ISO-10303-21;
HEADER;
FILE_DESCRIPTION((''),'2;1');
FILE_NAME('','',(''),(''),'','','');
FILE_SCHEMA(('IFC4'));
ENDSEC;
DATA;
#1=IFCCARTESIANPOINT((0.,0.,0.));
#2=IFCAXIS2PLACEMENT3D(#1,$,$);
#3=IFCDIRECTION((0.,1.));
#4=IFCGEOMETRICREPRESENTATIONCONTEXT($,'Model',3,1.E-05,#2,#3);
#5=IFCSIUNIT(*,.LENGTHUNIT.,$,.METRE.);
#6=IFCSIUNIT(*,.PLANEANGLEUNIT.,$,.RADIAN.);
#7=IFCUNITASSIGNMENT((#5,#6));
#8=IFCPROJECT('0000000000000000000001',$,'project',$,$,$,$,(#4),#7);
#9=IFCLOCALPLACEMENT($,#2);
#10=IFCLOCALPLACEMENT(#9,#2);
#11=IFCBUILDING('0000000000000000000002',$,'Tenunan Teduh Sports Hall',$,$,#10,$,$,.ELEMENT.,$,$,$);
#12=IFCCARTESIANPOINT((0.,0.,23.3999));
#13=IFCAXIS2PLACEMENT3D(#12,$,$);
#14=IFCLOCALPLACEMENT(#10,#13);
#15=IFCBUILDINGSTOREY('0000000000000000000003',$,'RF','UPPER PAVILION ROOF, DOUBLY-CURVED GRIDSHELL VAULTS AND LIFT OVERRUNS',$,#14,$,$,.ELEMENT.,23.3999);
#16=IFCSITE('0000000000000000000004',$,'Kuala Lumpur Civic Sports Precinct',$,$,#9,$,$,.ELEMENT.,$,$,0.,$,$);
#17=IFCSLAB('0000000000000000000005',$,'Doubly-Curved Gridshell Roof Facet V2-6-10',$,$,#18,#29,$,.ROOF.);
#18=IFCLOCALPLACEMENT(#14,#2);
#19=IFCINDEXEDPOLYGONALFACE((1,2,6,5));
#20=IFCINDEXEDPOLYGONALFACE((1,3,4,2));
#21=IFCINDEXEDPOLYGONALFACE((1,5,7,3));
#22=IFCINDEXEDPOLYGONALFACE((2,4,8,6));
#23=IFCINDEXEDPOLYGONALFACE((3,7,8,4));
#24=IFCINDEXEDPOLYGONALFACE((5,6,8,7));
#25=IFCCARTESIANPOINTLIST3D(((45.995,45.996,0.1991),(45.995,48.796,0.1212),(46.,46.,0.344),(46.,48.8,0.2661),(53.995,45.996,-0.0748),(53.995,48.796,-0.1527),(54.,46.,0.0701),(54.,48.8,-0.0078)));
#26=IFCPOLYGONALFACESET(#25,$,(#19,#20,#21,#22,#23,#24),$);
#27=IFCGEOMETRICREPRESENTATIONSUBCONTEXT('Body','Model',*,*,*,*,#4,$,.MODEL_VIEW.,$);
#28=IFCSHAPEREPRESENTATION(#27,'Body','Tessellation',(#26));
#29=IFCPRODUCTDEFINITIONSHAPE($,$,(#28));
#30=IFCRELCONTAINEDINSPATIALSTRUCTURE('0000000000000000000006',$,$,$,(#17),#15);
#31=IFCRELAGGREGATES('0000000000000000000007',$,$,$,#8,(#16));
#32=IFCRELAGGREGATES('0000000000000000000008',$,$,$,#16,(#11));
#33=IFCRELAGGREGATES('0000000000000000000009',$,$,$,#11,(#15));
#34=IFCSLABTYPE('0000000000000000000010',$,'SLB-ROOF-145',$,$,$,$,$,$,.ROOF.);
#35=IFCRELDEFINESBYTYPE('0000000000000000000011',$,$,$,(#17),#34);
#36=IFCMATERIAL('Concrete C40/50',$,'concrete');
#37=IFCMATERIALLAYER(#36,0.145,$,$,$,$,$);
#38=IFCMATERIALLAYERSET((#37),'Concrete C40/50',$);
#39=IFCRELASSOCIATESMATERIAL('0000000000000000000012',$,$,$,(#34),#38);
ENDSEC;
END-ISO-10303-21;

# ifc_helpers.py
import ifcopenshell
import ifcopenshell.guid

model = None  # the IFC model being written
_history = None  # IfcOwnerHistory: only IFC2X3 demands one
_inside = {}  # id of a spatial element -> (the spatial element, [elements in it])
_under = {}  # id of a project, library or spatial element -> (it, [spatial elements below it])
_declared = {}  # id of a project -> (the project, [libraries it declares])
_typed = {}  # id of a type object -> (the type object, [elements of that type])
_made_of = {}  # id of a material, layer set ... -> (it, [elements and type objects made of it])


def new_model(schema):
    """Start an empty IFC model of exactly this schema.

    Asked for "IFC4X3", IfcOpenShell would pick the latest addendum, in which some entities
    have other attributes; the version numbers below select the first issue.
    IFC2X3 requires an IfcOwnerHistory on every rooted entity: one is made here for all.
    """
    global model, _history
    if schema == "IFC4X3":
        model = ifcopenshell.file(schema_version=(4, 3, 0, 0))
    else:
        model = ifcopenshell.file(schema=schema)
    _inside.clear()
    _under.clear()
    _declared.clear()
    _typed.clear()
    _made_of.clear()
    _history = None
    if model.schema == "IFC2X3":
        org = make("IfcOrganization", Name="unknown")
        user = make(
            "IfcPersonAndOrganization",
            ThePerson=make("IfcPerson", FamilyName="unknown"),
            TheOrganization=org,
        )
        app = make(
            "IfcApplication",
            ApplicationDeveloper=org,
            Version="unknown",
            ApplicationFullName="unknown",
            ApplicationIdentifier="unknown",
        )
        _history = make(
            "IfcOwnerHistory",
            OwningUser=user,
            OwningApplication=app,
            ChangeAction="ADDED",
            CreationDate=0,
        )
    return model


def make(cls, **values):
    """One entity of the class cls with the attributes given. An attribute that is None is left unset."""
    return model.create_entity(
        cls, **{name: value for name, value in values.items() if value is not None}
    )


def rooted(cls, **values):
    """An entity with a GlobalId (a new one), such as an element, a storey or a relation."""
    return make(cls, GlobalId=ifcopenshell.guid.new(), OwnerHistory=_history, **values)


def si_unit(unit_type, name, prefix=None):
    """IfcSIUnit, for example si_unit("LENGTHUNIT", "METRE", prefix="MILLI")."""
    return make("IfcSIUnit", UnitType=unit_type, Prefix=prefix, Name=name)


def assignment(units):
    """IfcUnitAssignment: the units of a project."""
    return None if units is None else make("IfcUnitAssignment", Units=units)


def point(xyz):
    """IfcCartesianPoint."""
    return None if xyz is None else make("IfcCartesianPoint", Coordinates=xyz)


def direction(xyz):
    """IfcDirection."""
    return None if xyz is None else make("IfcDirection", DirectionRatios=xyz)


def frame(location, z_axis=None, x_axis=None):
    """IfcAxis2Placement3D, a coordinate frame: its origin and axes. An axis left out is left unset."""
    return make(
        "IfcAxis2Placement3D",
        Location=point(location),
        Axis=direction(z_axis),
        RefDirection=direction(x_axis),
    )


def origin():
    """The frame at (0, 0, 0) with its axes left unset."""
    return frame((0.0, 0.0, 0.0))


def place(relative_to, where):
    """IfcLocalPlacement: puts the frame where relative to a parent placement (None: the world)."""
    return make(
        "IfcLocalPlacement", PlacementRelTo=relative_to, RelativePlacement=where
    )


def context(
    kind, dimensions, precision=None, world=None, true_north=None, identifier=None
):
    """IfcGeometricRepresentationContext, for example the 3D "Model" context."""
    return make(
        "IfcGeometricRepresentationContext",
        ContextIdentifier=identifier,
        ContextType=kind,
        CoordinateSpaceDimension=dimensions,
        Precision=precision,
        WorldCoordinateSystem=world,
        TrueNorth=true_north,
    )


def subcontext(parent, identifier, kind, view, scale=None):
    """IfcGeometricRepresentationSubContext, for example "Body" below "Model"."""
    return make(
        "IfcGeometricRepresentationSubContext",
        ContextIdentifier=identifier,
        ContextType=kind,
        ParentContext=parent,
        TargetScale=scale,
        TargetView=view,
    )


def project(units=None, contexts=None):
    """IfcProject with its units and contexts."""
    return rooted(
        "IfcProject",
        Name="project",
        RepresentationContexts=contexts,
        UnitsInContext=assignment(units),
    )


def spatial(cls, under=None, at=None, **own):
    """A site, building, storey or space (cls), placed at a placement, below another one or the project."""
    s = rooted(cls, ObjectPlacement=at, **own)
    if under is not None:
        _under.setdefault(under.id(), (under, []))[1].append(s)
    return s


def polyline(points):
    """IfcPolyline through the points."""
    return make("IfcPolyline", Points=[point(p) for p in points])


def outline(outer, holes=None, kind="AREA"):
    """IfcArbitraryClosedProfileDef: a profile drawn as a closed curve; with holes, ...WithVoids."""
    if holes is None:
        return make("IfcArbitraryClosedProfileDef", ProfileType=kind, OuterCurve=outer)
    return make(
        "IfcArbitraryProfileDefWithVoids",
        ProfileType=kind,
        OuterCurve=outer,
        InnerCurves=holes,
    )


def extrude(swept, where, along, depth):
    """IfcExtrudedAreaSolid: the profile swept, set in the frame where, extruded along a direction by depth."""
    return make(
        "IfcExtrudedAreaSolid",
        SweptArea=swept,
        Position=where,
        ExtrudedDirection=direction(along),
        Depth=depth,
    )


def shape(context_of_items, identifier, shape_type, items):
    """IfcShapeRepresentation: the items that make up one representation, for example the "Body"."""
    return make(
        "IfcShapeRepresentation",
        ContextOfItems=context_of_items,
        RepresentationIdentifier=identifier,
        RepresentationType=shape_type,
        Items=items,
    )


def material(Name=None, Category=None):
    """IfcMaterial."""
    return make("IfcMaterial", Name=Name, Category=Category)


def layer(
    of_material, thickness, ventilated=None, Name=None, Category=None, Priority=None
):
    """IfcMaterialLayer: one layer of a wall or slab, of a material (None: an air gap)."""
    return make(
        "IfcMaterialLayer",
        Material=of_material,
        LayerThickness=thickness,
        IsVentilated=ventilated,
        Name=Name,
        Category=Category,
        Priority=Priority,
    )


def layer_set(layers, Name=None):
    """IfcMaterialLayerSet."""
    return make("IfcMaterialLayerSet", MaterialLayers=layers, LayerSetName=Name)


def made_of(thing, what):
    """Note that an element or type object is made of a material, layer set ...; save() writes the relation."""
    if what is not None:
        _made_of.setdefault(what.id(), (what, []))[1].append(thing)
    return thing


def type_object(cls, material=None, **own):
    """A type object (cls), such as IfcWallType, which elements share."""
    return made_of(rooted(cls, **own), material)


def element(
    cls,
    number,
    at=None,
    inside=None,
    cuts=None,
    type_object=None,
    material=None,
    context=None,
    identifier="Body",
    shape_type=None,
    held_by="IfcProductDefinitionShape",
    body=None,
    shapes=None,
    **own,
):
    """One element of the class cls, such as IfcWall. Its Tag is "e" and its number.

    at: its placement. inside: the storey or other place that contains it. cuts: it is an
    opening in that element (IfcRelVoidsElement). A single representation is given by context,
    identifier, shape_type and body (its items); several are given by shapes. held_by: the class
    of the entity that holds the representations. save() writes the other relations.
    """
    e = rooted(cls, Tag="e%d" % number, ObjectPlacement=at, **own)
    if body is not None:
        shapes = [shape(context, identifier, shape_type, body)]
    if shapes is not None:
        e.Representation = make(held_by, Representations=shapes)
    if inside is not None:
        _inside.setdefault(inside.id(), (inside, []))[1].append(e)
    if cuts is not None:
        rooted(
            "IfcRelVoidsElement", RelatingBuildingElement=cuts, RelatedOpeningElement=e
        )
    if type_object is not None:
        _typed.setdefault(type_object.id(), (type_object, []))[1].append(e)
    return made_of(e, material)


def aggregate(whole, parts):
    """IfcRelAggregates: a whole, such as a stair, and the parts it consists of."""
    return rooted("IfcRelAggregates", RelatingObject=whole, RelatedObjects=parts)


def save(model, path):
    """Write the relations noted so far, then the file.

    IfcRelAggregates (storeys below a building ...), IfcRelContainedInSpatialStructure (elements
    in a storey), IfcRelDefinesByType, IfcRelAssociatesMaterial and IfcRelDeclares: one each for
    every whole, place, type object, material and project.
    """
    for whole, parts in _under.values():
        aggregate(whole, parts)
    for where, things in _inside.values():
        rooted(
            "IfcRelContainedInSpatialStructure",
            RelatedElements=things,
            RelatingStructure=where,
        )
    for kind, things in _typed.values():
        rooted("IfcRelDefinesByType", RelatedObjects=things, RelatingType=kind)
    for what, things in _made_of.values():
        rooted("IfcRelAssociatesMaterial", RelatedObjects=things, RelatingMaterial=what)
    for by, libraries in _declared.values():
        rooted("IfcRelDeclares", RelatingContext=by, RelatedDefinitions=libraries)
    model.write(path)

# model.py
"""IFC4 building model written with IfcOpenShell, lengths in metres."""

from ifc_helpers import new_model, si_unit, direction, frame, origin, place, context, subcontext, project, spatial, polyline, outline, extrude, material, layer, layer_set, type_object, element, save


model = new_model("IFC4")

# Units and contexts
model_context = context("Model", 3, precision=1e-05, world=origin(), true_north=direction((0.0, 1.0)))
body_context = subcontext(model_context, "Body", "Model", "MODEL_VIEW")
ifc_project = project(units=[si_unit("LENGTHUNIT", "METRE"), si_unit("PLANEANGLEUNIT", "RADIAN")], contexts=[model_context])

# Site, building, storey
site_placement = place(None, origin())
site = spatial("IfcSite", under=ifc_project, at=site_placement, Name="Kuala Lumpur Civic Sports Precinct", CompositionType="ELEMENT", RefElevation=0.0)
building_placement = place(site_placement, origin())
building = spatial("IfcBuilding", under=site, at=building_placement, Name="Tenunan Teduh Sports Hall", CompositionType="ELEMENT")
storey_placement = place(building_placement, frame((0.0, 0.0, 23.3999)))
storey = spatial("IfcBuildingStorey", under=building, at=storey_placement, Name="RF", Description="UPPER PAVILION ROOF, DOUBLY-CURVED GRIDSHELL VAULTS AND LIFT OVERRUNS", CompositionType="ELEMENT", Elevation=23.3999)

# Slab
ifc_material_1 = material(Name="Concrete C40/50", Category="concrete")
ifc_layer = layer(ifc_material_1, 0.145)
ifc_layer_set = layer_set([ifc_layer], Name="Concrete C40/50")
slab_type = type_object("IfcSlabType", Name="SLB-ROOF-145", PredefinedType="ROOF", material=ifc_layer_set)
slab_1_placement = place(storey_placement, frame((46.0, 46.0, 0.344), z_axis=(0.034207, 0.027787, 0.999028), x_axis=(0.999414, 0.0, -0.034221)))
element("IfcSlab", 1, at=slab_1_placement, inside=storey, type_object=slab_type, Name="Doubly-Curved Gridshell Roof Facet V2-6-10", PredefinedType="ROOF", context=body_context, shape_type="SweptSolid", body=[
    extrude(outline(polyline([(0.0, 0.0), (8.0047, 0.0), (8.0074, 2.8011), (0.0027, 2.8011), (0.0, 0.0)])), origin(), (0.0, 0.0, -1.0), 0.145),
])

save(model, "model.ifc")
